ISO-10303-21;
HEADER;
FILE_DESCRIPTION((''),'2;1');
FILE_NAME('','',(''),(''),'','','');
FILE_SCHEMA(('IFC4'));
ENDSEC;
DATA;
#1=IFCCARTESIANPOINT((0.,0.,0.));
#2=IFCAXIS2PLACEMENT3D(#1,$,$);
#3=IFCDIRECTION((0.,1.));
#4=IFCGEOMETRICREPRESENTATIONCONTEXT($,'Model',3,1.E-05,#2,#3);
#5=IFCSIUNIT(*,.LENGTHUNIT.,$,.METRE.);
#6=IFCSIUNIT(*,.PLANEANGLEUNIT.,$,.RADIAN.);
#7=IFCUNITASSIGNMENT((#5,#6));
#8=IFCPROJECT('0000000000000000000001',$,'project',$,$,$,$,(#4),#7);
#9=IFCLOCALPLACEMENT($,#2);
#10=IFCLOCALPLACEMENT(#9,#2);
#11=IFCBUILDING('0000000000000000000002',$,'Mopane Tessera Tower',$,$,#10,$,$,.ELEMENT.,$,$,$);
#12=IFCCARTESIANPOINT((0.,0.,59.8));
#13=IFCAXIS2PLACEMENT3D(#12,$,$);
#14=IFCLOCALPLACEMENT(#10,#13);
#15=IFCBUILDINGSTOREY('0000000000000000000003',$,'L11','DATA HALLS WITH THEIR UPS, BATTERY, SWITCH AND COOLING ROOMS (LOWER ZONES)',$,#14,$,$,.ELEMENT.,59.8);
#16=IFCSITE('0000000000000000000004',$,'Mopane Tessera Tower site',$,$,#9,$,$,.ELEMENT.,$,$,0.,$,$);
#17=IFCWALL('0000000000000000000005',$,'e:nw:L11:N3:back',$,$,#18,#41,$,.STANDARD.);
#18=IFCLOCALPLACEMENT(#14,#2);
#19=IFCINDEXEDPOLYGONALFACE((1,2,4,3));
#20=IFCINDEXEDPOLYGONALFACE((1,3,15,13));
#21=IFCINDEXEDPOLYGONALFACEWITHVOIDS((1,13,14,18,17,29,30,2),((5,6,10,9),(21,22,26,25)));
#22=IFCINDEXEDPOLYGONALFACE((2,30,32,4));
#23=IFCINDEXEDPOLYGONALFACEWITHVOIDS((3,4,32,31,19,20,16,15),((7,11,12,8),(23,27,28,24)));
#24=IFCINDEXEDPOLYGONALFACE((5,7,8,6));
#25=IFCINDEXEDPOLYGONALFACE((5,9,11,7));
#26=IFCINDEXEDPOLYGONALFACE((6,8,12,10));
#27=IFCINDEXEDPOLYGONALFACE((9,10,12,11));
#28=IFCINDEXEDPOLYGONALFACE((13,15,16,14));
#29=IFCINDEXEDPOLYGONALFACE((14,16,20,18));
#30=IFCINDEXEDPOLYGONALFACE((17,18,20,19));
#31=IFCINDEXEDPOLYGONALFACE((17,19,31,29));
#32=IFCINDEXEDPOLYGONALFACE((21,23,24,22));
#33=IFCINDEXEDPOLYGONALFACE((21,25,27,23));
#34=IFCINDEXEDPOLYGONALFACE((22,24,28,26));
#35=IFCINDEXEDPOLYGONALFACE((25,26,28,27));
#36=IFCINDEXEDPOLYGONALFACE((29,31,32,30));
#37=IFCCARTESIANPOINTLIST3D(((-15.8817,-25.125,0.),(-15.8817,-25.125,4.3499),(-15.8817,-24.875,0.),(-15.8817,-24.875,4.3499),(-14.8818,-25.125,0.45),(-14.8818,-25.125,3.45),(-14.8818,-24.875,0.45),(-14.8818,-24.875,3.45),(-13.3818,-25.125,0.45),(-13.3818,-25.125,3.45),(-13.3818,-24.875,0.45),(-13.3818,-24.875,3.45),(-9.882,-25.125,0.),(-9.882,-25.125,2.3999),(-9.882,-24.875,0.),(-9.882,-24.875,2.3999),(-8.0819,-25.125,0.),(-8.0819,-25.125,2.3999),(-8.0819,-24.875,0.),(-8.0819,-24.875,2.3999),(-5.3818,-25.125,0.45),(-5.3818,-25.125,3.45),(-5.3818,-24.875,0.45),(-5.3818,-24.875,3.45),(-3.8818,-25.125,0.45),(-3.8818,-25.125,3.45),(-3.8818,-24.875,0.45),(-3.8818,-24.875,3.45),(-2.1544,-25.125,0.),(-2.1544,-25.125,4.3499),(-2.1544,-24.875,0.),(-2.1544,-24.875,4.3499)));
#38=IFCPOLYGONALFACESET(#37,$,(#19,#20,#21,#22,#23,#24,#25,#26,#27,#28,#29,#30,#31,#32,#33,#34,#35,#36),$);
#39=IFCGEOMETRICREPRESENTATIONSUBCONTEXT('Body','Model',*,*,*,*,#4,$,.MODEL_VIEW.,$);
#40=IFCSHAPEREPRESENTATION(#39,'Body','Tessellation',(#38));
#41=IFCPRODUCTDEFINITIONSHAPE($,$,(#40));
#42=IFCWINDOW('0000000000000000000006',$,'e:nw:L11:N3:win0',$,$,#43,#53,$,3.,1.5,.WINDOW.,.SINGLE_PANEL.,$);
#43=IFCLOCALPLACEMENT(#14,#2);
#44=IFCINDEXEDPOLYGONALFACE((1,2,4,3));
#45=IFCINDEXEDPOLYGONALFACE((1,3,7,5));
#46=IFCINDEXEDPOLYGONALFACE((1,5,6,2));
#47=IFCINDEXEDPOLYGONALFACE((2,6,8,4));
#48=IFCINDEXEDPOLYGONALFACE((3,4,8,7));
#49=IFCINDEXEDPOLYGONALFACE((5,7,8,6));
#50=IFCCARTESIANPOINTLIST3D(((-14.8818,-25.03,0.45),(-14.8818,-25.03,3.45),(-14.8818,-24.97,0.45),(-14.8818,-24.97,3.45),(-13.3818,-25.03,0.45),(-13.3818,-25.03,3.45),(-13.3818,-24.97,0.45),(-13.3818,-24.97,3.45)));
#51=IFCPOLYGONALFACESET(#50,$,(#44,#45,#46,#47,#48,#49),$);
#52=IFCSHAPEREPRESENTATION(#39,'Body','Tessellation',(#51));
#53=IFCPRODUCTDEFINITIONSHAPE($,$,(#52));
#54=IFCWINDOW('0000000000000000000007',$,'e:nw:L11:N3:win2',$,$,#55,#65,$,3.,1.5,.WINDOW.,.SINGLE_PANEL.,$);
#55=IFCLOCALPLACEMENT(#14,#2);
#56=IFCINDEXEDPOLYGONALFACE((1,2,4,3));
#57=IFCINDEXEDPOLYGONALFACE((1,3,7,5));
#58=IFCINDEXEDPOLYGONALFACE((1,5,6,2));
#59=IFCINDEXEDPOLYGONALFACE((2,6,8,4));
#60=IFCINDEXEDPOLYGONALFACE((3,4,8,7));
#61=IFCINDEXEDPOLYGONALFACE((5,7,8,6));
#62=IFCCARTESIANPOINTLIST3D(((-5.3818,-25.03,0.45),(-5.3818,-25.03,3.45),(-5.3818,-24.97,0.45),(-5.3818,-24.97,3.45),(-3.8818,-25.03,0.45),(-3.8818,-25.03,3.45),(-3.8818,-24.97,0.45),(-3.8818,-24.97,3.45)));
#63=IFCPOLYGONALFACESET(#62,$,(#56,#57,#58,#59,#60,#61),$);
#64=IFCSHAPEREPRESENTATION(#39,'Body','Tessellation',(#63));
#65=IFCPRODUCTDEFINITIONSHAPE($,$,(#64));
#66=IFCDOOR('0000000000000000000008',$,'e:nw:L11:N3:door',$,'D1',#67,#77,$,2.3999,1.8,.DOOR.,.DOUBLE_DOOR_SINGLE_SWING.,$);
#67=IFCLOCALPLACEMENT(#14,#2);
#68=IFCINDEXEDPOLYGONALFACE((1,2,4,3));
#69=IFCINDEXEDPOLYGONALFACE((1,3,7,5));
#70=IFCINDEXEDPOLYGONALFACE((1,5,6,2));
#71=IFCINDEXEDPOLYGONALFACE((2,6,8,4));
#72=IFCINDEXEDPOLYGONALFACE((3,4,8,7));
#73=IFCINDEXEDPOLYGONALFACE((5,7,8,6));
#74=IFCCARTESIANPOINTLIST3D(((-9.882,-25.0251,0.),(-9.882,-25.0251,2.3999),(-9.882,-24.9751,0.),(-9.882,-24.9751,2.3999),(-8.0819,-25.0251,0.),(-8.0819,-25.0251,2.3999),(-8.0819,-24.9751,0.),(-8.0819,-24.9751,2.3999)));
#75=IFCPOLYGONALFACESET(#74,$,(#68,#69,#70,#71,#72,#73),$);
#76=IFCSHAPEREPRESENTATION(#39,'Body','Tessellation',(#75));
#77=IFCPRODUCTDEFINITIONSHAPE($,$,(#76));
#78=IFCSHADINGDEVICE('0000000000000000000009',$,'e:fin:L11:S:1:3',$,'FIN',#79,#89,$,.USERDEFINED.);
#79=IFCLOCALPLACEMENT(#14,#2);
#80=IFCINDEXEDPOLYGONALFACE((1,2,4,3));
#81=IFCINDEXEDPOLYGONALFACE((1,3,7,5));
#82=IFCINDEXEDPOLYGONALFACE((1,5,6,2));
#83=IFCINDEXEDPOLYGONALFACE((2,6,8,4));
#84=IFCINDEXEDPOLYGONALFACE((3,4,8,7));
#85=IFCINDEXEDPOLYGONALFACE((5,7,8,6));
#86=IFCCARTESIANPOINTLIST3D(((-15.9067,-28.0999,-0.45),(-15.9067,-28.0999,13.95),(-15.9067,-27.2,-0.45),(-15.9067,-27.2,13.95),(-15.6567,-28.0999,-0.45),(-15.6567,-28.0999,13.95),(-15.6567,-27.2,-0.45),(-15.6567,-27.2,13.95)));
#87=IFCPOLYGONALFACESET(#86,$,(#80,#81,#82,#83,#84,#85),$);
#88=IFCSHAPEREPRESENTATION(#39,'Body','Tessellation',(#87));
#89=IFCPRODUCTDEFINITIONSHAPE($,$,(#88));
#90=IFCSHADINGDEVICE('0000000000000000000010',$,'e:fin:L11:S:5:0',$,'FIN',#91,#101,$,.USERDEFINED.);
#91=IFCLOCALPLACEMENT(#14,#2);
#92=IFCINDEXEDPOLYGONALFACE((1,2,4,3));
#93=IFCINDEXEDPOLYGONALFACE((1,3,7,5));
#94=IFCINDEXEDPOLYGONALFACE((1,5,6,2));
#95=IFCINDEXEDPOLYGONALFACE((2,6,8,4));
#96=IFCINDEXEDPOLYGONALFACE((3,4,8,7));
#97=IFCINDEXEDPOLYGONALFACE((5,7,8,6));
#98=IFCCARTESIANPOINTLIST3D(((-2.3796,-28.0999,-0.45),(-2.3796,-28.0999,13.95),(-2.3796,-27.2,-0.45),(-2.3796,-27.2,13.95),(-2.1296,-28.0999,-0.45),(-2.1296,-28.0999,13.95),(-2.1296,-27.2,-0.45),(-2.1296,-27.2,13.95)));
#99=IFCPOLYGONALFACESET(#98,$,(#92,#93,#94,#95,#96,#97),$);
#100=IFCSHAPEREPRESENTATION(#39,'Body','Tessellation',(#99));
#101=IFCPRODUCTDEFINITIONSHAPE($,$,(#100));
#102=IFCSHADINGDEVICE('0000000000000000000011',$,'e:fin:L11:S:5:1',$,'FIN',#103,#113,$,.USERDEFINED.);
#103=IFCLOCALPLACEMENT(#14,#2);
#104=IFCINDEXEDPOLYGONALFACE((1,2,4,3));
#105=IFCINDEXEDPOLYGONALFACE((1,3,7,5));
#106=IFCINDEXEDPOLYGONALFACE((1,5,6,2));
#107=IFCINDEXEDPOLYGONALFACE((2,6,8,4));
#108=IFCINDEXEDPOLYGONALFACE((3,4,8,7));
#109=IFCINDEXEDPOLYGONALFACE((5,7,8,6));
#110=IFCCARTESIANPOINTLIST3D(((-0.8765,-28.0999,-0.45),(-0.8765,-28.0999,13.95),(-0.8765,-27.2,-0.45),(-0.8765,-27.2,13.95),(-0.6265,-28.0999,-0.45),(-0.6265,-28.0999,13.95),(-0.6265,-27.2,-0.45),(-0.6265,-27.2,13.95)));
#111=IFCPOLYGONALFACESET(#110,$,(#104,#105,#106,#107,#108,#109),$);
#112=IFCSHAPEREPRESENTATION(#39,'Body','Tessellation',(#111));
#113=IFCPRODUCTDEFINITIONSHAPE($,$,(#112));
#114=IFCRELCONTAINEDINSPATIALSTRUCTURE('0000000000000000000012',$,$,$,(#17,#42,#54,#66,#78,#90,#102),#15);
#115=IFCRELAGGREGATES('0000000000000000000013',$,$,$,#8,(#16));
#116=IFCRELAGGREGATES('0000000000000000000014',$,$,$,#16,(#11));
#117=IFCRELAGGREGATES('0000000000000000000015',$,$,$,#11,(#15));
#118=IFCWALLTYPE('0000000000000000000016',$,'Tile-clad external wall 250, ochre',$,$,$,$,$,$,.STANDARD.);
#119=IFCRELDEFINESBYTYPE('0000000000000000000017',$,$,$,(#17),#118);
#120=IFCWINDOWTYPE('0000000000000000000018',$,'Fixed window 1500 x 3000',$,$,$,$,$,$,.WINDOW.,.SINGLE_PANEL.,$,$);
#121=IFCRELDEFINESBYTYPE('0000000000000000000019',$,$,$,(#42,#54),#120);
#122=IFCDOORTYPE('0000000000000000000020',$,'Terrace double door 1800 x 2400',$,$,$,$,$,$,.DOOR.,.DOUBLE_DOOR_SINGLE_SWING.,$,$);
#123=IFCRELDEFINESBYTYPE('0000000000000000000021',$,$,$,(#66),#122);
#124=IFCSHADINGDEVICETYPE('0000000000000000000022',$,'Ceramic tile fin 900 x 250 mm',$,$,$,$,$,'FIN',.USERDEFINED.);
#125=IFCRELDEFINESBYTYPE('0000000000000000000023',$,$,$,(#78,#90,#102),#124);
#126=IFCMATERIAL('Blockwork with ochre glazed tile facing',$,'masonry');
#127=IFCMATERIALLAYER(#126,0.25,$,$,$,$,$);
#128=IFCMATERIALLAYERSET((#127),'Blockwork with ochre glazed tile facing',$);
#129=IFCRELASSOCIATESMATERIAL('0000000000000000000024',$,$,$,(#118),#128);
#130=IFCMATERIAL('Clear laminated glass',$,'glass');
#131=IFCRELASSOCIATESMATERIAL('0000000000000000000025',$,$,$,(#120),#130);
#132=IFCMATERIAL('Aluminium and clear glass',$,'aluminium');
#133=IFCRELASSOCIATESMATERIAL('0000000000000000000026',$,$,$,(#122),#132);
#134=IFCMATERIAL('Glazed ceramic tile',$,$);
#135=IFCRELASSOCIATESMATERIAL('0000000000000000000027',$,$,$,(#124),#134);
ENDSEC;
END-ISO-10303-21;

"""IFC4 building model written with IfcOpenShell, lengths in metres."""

from ifc_helpers import new_model, si_unit, direction, frame, frame_2d, origin, origin_2d, place, context, subcontext, project, spatial, rectangle, extrude, material, layer, layer_set, type_object, element, fill, save


model = new_model("IFC4")

# Units and contexts
model_context = context("Model", 3, precision=1e-05, world=origin(), true_north=direction((0.0, 1.0)))
body_context = subcontext(model_context, "Body", "Model", "MODEL_VIEW")
ifc_project = project(units=[si_unit("LENGTHUNIT", "METRE"), si_unit("PLANEANGLEUNIT", "RADIAN")], contexts=[model_context])

# Site, building, storey
site_placement = place(None, origin())
site = spatial("IfcSite", under=ifc_project, at=site_placement, Name="Mopane Tessera Tower site", CompositionType="ELEMENT", RefElevation=0.0)
building_placement = place(site_placement, origin())
building = spatial("IfcBuilding", under=site, at=building_placement, Name="Mopane Tessera Tower", CompositionType="ELEMENT")
storey_placement = place(building_placement, frame((0.0, 0.0, 59.8)))
storey = spatial("IfcBuildingStorey", under=building, at=storey_placement, Name="L11", Description="DATA HALLS WITH THEIR UPS, BATTERY, SWITCH AND COOLING ROOMS (LOWER ZONES)", CompositionType="ELEMENT", Elevation=59.8)

# Wall, openings, windows, door
ifc_material_1 = material(Name="Blockwork with ochre glazed tile facing", Category="masonry")
ifc_layer_1 = layer(ifc_material_1, 0.25)
ifc_layer_set_1 = layer_set([ifc_layer_1], Name="Blockwork with ochre glazed tile facing")
wall_type_1 = type_object("IfcWallType", Name="Tile-clad external wall 250, ochre", PredefinedType="STANDARD", material=ifc_layer_set_1)
wall_1_placement = place(storey_placement, frame((-15.8818, -25.0, 0.0), z_axis=(0.0, 0.0, 1.0), x_axis=(1.0, 0.0, 0.0)))
wall_1 = element("IfcWall", 1, at=wall_1_placement, inside=storey, type_object=wall_type_1, Name="e:nw:L11:N3:back", PredefinedType="STANDARD", context=body_context, shape_type="SweptSolid", body=[
    extrude(rectangle(XDim=13.7273, YDim=0.25, at=frame_2d((6.8638, 0.0))), origin(), (0.0, 0.0, 1.0), 4.3499),
])
opening_1_placement = place(wall_1_placement, frame((1.0, 0.0, 0.45)))
opening_1 = element("IfcOpeningElement", 2, at=opening_1_placement, cuts=wall_1, PredefinedType="OPENING", context=body_context, shape_type="SweptSolid", body=[
    extrude(rectangle(XDim=1.5, YDim=3.0, at=frame_2d((0.75, 1.5))), frame((0.0, 0.137, 0.0), z_axis=(0.0, -1.0, 0.0), x_axis=(1.0, 0.0, 0.0)), (0.0, 0.0, 1.0), 0.2739),
])
opening_2_placement = place(wall_1_placement, frame((6.0, 0.0, 0.0)))
opening_2 = element("IfcOpeningElement", 3, at=opening_2_placement, cuts=wall_1, PredefinedType="OPENING", context=body_context, shape_type="SweptSolid", body=[
    extrude(rectangle(XDim=1.8, YDim=2.3999, at=frame_2d((0.8999, 1.2))), frame((0.0, 0.137, 0.0), z_axis=(0.0, -1.0, 0.0), x_axis=(1.0, 0.0, 0.0)), (0.0, 0.0, 1.0), 0.2739),
])
opening_3_placement = place(wall_1_placement, frame((10.5, 0.0, 0.45)))
opening_3 = element("IfcOpeningElement", 4, at=opening_3_placement, cuts=wall_1, PredefinedType="OPENING", context=body_context, shape_type="SweptSolid", body=[
    extrude(rectangle(XDim=1.5, YDim=3.0, at=frame_2d((0.75, 1.5))), frame((0.0, 0.137, 0.0), z_axis=(0.0, -1.0, 0.0), x_axis=(1.0, 0.0, 0.0)), (0.0, 0.0, 1.0), 0.2739),
])
ifc_material_2 = material(Name="Clear laminated glass", Category="glass")
window_type = type_object("IfcWindowType", Name="Fixed window 1500 x 3000", PartitioningType="SINGLE_PANEL", PredefinedType="WINDOW", material=ifc_material_2)
window_1_placement = place(opening_1_placement, origin())
window_1 = element("IfcWindow", 5, at=window_1_placement, inside=storey, type_object=window_type, Name="e:nw:L11:N3:win0", OverallHeight=3.0, OverallWidth=1.5, PartitioningType="SINGLE_PANEL", PredefinedType="WINDOW", context=body_context, shape_type="SweptSolid", body=[
    extrude(rectangle(XDim=1.5, YDim=3.0, at=frame_2d((0.75, 1.5))), frame((0.0, 0.03, 0.0), z_axis=(0.0, -1.0, 0.0), x_axis=(1.0, 0.0, 0.0)), (0.0, 0.0, 1.0), 0.0601),
])
fill(opening_1, window_1)
window_2_placement = place(opening_3_placement, origin())
window_2 = element("IfcWindow", 6, at=window_2_placement, inside=storey, type_object=window_type, Name="e:nw:L11:N3:win2", OverallHeight=3.0, OverallWidth=1.5, PartitioningType="SINGLE_PANEL", PredefinedType="WINDOW", context=body_context, shape_type="SweptSolid", body=[
    extrude(rectangle(XDim=1.5, YDim=3.0, at=frame_2d((0.75, 1.5))), frame((0.0, 0.03, 0.0), z_axis=(0.0, -1.0, 0.0), x_axis=(1.0, 0.0, 0.0)), (0.0, 0.0, 1.0), 0.0601),
])
fill(opening_3, window_2)
ifc_material_3 = material(Name="Aluminium and clear glass", Category="aluminium")
door_type_1 = type_object("IfcDoorType", Name="Terrace double door 1800 x 2400", OperationType="DOUBLE_DOOR_SINGLE_SWING", PredefinedType="DOOR", material=ifc_material_3)
door_1_placement = place(opening_2_placement, origin())
door_1 = element("IfcDoor", 7, at=door_1_placement, inside=storey, type_object=door_type_1, Name="e:nw:L11:N3:door", ObjectType="D1", OperationType="DOUBLE_DOOR_SINGLE_SWING", OverallHeight=2.3999, OverallWidth=1.8, PredefinedType="DOOR", context=body_context, shape_type="SweptSolid", body=[
    extrude(rectangle(XDim=1.8, YDim=2.3999, at=frame_2d((0.8999, 1.2))), frame((0.0, 0.0249, 0.0), z_axis=(0.0, -1.0, 0.0), x_axis=(1.0, 0.0, 0.0)), (0.0, 0.0, 1.0), 0.05),
])
fill(opening_2, door_1)

# Shading devices
ifc_material_4 = material(Name="Glazed ceramic tile")
shading_device_type = type_object("IfcShadingDeviceType", Name="Ceramic tile fin 900 x 250 mm", ElementType="FIN", PredefinedType="USERDEFINED", material=ifc_material_4)
for number, where, z_axis, x_axis, name in (
    (8, (-15.7817, -27.6499, -0.45), (0.0, 0.0, 1.0), (1.0, 0.0, 0.0), "e:fin:L11:S:1:3"),
    (9, (-2.2546, -27.6499, -0.45), (0.0, 0.0, 1.0), (1.0, 0.0, 0.0), "e:fin:L11:S:5:0"),
    (10, (-0.7515, -27.6499, -0.45), (0.0, 0.0, 1.0), (1.0, 0.0, 0.0), "e:fin:L11:S:5:1"),
):
    element("IfcShadingDevice", number, at=place(storey_placement, frame(where, z_axis=z_axis, x_axis=x_axis)), inside=storey, type_object=shading_device_type, Name=name, ObjectType="FIN", PredefinedType="USERDEFINED", context=body_context, shape_type="SweptSolid", body=[
        extrude(rectangle(XDim=0.25, YDim=0.8999, at=origin_2d()), origin(), (0.0, 0.0, 1.0), 14.3999),
    ])

save(model, "model.ifc")
